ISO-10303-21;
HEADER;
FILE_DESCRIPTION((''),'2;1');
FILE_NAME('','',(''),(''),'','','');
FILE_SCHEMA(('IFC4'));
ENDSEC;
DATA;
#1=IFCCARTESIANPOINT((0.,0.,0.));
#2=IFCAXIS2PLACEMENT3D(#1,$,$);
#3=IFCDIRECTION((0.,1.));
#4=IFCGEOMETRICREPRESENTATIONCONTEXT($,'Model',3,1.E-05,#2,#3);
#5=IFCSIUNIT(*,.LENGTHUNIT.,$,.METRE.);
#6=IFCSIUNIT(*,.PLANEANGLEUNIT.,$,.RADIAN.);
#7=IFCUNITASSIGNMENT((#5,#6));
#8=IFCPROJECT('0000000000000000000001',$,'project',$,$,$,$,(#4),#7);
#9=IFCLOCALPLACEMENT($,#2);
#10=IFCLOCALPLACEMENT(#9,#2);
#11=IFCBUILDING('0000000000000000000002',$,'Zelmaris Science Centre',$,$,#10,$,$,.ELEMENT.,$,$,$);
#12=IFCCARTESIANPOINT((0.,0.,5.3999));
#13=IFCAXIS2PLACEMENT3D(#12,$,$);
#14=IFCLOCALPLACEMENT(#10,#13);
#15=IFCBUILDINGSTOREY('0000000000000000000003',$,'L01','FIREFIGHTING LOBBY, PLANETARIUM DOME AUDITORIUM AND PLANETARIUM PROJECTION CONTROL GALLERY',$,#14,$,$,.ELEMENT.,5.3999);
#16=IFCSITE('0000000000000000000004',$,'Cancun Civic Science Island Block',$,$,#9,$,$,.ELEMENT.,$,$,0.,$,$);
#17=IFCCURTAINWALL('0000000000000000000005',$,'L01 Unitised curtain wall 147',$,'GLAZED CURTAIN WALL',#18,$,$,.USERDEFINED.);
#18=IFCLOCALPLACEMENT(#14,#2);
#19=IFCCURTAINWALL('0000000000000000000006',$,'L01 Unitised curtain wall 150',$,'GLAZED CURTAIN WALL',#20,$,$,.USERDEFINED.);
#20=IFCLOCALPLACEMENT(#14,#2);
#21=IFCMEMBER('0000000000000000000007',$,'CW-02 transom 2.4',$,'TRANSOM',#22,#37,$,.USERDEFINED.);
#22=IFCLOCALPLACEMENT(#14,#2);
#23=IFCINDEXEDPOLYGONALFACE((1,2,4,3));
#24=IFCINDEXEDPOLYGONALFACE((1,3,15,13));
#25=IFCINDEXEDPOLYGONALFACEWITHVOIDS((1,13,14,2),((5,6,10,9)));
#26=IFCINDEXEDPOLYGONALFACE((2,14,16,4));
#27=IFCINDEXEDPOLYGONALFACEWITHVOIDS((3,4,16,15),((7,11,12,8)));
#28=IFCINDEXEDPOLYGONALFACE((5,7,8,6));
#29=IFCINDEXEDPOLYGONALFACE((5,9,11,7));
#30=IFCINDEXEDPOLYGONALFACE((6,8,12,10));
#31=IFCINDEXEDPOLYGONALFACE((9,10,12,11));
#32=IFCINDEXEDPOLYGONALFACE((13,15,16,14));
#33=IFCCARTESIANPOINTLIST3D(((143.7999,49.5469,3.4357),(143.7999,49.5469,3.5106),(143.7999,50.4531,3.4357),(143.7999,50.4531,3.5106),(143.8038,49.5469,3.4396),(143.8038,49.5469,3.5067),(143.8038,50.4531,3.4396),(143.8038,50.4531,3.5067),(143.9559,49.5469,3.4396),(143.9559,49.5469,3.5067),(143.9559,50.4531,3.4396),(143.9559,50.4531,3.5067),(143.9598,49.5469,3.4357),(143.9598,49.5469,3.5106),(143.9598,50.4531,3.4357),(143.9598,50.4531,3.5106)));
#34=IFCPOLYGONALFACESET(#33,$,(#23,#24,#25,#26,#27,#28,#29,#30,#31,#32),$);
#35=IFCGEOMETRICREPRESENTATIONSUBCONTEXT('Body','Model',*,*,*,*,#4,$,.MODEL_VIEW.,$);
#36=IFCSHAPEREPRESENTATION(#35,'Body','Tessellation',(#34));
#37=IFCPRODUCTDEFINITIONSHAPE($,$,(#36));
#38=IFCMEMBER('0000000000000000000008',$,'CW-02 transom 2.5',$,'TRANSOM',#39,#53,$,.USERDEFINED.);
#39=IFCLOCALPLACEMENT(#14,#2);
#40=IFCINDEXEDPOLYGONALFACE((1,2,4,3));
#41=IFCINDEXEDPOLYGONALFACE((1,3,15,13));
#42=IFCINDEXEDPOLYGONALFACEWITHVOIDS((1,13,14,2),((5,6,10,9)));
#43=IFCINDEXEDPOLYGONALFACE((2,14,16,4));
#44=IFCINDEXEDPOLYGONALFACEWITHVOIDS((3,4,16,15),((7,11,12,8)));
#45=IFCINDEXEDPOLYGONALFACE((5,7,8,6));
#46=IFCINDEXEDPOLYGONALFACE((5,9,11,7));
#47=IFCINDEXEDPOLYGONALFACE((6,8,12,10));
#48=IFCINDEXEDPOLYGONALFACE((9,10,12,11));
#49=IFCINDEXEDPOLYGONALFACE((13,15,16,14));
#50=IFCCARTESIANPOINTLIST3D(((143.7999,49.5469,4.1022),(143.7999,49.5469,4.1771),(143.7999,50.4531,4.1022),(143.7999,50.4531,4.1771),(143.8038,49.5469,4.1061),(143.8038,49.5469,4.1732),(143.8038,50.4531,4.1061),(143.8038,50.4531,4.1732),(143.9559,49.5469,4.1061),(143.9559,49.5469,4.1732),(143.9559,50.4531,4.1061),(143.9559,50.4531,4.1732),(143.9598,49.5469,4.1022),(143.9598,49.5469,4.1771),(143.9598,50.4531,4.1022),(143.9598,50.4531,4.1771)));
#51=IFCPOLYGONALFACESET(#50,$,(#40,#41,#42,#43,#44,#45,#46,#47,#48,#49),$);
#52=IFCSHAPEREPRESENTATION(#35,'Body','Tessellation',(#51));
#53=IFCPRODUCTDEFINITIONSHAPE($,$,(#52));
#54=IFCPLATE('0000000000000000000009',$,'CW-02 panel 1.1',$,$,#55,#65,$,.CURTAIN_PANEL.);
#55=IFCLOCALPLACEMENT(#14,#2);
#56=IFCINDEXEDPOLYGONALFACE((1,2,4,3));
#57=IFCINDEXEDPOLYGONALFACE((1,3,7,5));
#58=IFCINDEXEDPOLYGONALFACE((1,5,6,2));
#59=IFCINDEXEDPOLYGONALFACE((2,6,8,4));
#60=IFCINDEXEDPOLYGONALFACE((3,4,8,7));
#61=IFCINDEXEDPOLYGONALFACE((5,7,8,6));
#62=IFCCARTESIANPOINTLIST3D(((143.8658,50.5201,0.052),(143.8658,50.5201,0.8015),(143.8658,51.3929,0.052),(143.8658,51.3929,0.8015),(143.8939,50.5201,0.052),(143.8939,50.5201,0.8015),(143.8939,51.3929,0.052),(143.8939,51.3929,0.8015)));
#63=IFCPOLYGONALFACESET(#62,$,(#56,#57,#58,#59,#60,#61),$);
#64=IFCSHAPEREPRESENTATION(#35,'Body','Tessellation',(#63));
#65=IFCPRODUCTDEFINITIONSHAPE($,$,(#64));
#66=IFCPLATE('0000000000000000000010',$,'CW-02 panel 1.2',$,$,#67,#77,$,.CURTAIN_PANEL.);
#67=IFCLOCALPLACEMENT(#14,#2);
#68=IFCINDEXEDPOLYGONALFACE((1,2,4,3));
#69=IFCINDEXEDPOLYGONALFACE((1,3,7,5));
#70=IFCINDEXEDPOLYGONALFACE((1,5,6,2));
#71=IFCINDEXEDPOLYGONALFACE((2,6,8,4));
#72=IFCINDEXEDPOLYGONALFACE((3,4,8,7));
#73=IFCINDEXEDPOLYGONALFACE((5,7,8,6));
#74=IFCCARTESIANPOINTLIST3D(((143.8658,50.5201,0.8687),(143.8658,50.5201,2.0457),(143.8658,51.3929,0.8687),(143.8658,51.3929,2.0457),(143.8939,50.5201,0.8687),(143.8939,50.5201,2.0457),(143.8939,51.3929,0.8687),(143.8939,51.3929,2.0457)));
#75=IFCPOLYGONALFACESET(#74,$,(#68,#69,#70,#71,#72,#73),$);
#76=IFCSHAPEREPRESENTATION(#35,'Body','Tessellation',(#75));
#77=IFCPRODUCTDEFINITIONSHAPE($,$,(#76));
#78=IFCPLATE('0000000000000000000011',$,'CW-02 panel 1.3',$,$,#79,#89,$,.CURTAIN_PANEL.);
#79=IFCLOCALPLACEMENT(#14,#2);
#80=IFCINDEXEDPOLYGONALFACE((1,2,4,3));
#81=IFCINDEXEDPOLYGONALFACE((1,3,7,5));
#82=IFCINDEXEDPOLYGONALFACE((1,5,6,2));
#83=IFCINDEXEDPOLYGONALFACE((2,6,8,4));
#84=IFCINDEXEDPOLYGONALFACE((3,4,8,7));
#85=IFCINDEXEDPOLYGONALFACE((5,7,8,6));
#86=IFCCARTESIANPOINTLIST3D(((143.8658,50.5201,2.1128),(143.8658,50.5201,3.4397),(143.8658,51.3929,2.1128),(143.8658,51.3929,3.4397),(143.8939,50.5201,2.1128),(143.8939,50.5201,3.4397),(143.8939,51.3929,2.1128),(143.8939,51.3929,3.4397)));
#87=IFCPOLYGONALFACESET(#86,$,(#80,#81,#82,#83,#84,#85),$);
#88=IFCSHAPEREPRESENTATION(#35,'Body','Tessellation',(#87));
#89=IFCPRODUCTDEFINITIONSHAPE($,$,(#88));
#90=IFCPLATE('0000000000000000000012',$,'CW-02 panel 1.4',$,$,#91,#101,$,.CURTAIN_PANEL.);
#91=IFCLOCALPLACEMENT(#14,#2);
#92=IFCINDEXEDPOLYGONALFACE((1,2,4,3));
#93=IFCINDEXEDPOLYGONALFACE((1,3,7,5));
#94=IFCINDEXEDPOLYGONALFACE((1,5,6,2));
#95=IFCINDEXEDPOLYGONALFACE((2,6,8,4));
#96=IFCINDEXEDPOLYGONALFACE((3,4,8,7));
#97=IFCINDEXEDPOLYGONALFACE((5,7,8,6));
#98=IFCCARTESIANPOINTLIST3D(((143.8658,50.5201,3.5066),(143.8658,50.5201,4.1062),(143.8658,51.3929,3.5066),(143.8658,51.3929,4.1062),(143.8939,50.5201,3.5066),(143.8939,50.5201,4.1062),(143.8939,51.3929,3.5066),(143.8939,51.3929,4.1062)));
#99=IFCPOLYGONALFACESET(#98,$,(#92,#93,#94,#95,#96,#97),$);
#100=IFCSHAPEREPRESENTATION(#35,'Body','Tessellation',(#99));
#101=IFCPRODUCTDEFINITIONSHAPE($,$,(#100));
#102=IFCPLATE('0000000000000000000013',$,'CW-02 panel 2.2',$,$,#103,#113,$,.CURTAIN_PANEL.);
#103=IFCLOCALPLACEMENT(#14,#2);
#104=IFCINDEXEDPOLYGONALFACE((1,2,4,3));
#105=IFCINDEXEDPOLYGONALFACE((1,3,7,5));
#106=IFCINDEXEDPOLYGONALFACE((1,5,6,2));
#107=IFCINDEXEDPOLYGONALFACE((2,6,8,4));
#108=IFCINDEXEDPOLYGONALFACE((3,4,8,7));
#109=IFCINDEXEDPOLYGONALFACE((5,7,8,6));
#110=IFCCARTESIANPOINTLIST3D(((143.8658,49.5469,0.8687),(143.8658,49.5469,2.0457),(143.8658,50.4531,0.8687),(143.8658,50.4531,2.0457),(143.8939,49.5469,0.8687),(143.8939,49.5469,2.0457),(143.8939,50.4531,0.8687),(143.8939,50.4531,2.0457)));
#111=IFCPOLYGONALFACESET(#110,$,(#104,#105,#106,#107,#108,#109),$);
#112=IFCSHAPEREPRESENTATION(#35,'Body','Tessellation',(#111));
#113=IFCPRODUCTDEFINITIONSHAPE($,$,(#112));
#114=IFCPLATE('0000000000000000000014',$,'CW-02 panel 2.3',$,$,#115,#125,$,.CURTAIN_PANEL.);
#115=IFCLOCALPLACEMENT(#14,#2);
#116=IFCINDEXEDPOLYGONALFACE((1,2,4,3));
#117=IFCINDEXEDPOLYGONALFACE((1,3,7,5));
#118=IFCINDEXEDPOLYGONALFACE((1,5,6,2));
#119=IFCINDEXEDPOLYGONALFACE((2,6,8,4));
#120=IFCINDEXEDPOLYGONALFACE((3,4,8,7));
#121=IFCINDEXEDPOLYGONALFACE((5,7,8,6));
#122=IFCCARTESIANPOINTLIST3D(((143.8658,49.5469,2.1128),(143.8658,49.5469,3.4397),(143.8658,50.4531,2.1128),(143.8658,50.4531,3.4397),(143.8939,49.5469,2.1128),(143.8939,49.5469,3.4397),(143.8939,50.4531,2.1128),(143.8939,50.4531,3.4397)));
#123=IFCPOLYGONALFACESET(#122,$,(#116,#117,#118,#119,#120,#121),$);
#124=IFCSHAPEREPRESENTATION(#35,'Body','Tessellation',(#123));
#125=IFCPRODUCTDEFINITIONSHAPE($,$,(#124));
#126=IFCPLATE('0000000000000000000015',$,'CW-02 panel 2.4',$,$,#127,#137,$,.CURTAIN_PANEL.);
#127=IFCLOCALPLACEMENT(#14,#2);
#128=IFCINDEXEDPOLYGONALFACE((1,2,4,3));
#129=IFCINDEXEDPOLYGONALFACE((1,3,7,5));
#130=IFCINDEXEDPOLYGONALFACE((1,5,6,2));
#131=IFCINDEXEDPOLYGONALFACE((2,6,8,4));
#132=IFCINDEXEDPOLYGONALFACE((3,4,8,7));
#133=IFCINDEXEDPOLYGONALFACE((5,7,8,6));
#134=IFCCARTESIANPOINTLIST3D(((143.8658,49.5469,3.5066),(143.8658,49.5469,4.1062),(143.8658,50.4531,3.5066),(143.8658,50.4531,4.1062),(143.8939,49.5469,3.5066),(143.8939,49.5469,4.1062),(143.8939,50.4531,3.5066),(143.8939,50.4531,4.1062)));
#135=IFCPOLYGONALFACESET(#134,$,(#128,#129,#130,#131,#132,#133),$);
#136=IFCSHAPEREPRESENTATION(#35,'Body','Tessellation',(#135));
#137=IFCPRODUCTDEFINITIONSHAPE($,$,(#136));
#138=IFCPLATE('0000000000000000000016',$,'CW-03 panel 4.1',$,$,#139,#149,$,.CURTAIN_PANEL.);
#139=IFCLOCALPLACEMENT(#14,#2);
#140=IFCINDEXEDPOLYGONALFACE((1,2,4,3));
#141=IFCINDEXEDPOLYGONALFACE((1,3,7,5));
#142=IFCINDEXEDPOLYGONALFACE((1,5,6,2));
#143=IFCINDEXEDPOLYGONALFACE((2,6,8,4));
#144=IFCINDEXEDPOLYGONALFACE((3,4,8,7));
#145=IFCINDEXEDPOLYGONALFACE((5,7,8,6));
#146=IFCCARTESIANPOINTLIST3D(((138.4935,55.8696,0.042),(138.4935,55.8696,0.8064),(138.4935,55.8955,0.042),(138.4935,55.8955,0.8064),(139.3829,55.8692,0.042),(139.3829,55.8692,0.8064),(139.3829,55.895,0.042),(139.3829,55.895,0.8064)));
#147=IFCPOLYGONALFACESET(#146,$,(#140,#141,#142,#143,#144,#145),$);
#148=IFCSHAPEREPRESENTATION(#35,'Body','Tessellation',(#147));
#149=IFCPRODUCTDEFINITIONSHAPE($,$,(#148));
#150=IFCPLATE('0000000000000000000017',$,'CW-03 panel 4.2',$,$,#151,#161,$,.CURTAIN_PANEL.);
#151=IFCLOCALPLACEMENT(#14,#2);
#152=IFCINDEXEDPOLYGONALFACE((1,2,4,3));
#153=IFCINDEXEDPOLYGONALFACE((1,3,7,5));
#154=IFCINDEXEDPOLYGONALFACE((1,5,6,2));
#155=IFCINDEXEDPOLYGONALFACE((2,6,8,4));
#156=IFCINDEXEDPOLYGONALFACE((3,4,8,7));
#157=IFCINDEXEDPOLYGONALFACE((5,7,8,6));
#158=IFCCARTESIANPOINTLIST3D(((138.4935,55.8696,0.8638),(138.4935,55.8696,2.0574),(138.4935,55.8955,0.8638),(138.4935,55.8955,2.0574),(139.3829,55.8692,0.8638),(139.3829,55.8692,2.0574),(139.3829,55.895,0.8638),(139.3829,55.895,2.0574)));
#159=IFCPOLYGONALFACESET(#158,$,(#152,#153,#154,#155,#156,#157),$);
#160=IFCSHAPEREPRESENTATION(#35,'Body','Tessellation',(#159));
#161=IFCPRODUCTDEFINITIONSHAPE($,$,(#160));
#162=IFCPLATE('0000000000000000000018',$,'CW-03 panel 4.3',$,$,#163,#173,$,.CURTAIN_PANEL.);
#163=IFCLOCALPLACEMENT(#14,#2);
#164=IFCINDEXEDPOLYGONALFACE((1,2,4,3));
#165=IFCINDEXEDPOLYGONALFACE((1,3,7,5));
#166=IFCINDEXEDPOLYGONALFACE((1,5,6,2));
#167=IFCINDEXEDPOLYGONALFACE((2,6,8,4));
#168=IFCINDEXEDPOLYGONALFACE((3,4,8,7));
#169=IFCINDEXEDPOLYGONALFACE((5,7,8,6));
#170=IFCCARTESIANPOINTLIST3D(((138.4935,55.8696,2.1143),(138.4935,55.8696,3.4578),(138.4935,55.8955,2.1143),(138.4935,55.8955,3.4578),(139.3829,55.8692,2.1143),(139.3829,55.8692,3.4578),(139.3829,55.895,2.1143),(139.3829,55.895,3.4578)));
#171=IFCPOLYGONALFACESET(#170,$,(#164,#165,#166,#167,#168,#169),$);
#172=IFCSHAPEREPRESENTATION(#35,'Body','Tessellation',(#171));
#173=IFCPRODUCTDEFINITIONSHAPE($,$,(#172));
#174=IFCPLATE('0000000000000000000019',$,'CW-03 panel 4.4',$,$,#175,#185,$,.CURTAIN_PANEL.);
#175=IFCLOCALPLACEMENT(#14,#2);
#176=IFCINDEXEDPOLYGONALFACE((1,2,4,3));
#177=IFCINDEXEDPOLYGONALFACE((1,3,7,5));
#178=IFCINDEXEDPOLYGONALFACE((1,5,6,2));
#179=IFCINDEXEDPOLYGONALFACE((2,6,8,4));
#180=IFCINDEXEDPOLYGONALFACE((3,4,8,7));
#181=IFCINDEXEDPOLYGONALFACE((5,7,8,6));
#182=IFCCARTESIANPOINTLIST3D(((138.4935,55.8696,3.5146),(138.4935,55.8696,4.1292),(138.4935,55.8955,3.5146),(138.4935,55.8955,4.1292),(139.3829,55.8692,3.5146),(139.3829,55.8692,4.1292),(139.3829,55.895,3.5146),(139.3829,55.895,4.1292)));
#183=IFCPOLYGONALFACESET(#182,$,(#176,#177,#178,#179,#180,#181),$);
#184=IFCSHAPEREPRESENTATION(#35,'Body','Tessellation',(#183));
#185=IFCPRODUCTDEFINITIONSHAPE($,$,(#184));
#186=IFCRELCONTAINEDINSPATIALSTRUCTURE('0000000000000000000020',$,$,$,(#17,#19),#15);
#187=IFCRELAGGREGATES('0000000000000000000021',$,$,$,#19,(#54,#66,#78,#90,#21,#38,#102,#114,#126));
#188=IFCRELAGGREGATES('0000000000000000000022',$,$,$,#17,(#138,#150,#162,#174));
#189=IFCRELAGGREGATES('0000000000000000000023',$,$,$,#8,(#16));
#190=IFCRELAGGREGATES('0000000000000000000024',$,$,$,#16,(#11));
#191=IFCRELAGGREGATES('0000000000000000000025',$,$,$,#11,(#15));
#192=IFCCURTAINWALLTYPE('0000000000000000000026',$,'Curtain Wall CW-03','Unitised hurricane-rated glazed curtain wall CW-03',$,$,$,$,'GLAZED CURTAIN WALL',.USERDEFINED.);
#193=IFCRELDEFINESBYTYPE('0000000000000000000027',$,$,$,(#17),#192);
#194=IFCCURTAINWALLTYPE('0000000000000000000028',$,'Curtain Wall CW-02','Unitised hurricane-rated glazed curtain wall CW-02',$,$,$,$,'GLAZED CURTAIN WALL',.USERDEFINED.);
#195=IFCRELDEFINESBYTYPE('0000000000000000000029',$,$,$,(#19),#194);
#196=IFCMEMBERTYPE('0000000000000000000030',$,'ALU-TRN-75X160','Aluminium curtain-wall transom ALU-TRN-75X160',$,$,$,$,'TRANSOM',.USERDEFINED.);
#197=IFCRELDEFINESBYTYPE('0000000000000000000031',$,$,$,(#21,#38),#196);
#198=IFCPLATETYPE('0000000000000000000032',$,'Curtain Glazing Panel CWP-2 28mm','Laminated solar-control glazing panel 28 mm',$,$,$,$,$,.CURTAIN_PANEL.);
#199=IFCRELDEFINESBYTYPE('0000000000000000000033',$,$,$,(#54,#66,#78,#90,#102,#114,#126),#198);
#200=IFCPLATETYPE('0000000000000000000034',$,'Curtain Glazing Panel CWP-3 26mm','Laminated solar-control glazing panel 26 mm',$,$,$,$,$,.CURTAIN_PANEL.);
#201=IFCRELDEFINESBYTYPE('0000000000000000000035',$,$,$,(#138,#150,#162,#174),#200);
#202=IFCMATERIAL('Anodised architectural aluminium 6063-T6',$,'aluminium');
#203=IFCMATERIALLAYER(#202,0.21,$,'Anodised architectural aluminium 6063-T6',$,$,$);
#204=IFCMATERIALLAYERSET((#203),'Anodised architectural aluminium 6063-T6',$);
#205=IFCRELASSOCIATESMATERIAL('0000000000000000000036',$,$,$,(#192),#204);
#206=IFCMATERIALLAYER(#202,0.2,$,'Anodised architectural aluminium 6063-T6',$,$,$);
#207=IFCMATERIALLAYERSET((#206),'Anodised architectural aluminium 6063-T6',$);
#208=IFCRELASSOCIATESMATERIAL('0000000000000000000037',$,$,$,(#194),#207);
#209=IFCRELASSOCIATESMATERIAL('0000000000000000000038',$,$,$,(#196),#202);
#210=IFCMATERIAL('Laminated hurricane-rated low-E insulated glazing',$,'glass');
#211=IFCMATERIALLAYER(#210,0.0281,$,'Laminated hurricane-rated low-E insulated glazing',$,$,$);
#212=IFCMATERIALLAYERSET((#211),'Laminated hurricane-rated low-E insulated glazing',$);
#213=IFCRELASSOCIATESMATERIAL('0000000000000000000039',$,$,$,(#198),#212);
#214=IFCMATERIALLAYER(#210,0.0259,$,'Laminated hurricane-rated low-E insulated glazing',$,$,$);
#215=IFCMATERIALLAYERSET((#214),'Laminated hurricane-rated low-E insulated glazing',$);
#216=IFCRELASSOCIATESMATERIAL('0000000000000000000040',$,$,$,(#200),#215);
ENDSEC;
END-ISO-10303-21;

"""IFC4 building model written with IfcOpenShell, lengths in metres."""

from ifc_helpers import new_model, si_unit, direction, frame, origin, origin_2d, place, context, subcontext, project, spatial, rectangle, hollow_rectangle, extrude, material, layer, layer_set, material_profile, profile_set, type_object, element, aggregate, save


model = new_model("IFC4")

# Units and contexts
model_context = context("Model", 3, precision=1e-05, world=origin(), true_north=direction((0.0, 1.0)))
body_context = subcontext(model_context, "Body", "Model", "MODEL_VIEW")
ifc_project = project(units=[si_unit("LENGTHUNIT", "METRE"), si_unit("PLANEANGLEUNIT", "RADIAN")], contexts=[model_context])

# Site, building, storey
site_placement = place(None, origin())
site = spatial("IfcSite", under=ifc_project, at=site_placement, Name="Cancun Civic Science Island Block", CompositionType="ELEMENT", RefElevation=0.0)
building_placement = place(site_placement, origin())
building = spatial("IfcBuilding", under=site, at=building_placement, Name="Zelmaris Science Centre", CompositionType="ELEMENT")
storey_placement = place(building_placement, frame((0.0, 0.0, 5.3999)))
storey = spatial("IfcBuildingStorey", under=building, at=storey_placement, Name="L01", Description="FIREFIGHTING LOBBY, PLANETARIUM DOME AUDITORIUM AND PLANETARIUM PROJECTION CONTROL GALLERY", CompositionType="ELEMENT", Elevation=5.3999)

# Curtain walls
ifc_material_1 = material(Name="Anodised architectural aluminium 6063-T6", Category="aluminium")
ifc_layer_1 = layer(ifc_material_1, 0.21, Name="Anodised architectural aluminium 6063-T6")
ifc_layer_set_1 = layer_set([ifc_layer_1], Name="Anodised architectural aluminium 6063-T6")
curtain_wall_type_1 = type_object("IfcCurtainWallType", Name="Curtain Wall CW-03", Description="Unitised hurricane-rated glazed curtain wall CW-03", ElementType="GLAZED CURTAIN WALL", PredefinedType="USERDEFINED", material=ifc_layer_set_1)
curtain_wall_1_placement = place(storey_placement, origin())
curtain_wall_1 = element("IfcCurtainWall", 1, at=curtain_wall_1_placement, inside=storey, type_object=curtain_wall_type_1, Name="L01 Unitised curtain wall 147", ObjectType="GLAZED CURTAIN WALL", PredefinedType="USERDEFINED")
ifc_layer_2 = layer(ifc_material_1, 0.2, Name="Anodised architectural aluminium 6063-T6")
ifc_layer_set_2 = layer_set([ifc_layer_2], Name="Anodised architectural aluminium 6063-T6")
curtain_wall_type_2 = type_object("IfcCurtainWallType", Name="Curtain Wall CW-02", Description="Unitised hurricane-rated glazed curtain wall CW-02", ElementType="GLAZED CURTAIN WALL", PredefinedType="USERDEFINED", material=ifc_layer_set_2)
curtain_wall_2_placement = place(storey_placement, origin())
curtain_wall_2 = element("IfcCurtainWall", 2, at=curtain_wall_2_placement, inside=storey, type_object=curtain_wall_type_2, Name="L01 Unitised curtain wall 150", ObjectType="GLAZED CURTAIN WALL", PredefinedType="USERDEFINED")

# Members
ifc_material_profile_1 = material_profile(ifc_material_1, hollow_rectangle(XDim=0.075, YDim=0.1599, WallThickness=0.0039, at=origin_2d()), Name="ALU-TRN-75X160")
ifc_profile_set_1 = profile_set([ifc_material_profile_1], Name="Anodised architectural aluminium 6063-T6")
member_type_1 = type_object("IfcMemberType", Name="ALU-TRN-75X160", Description="Aluminium curtain-wall transom ALU-TRN-75X160", ElementType="TRANSOM", PredefinedType="USERDEFINED", material=ifc_profile_set_1)
member_1_placement = place(storey_placement, frame((143.8799, 50.4531, 3.4731), z_axis=(0.0, -1.0, 0.0), x_axis=(0.0, 0.0, 1.0)))
member_1 = element("IfcMember", 3, at=member_1_placement, type_object=member_type_1, Name="CW-02 transom 2.4", ObjectType="TRANSOM", PredefinedType="USERDEFINED", context=body_context, shape_type="SweptSolid", body=[
    extrude(hollow_rectangle(XDim=0.075, YDim=0.1599, WallThickness=0.0039, at=origin_2d()), origin(), (0.0, 0.0, 1.0), 0.9062),
])
member_2_placement = place(storey_placement, frame((143.8799, 50.4531, 4.1396), z_axis=(0.0, -1.0, 0.0), x_axis=(0.0, 0.0, 1.0)))
member_2 = element("IfcMember", 4, at=member_2_placement, type_object=member_type_1, Name="CW-02 transom 2.5", ObjectType="TRANSOM", PredefinedType="USERDEFINED", context=body_context, shape_type="SweptSolid", body=[
    extrude(hollow_rectangle(XDim=0.075, YDim=0.1599, WallThickness=0.0039, at=origin_2d()), origin(), (0.0, 0.0, 1.0), 0.9062),
])

# Plates
ifc_material_2 = material(Name="Laminated hurricane-rated low-E insulated glazing", Category="glass")
ifc_layer_3 = layer(ifc_material_2, 0.0281, Name="Laminated hurricane-rated low-E insulated glazing")
ifc_layer_set_3 = layer_set([ifc_layer_3], Name="Laminated hurricane-rated low-E insulated glazing")
plate_type_1 = type_object("IfcPlateType", Name="Curtain Glazing Panel CWP-2 28mm", Description="Laminated solar-control glazing panel 28 mm", PredefinedType="CURTAIN_PANEL", material=ifc_layer_set_3)
plate_1_placement = place(storey_placement, frame((143.8799, 50.9565, 0.052), z_axis=(0.0, 0.0, 1.0), x_axis=(0.0, -1.0, 0.0)))
plate_1 = element("IfcPlate", 5, at=plate_1_placement, type_object=plate_type_1, Name="CW-02 panel 1.1", PredefinedType="CURTAIN_PANEL", context=body_context, shape_type="SweptSolid", body=[
    extrude(rectangle(XDim=0.8728, YDim=0.0281, at=origin_2d()), origin(), (0.0, 0.0, 1.0), 0.7495),
])
plate_2_placement = place(storey_placement, frame((143.8799, 50.9565, 0.8687), z_axis=(0.0, 0.0, 1.0), x_axis=(0.0, -1.0, 0.0)))
plate_2 = element("IfcPlate", 6, at=plate_2_placement, type_object=plate_type_1, Name="CW-02 panel 1.2", PredefinedType="CURTAIN_PANEL", context=body_context, shape_type="SweptSolid", body=[
    extrude(rectangle(XDim=0.8728, YDim=0.0281, at=origin_2d()), origin(), (0.0, 0.0, 1.0), 1.177),
])
plate_3_placement = place(storey_placement, frame((143.8799, 50.9565, 2.1128), z_axis=(0.0, 0.0, 1.0), x_axis=(0.0, -1.0, 0.0)))
plate_3 = element("IfcPlate", 7, at=plate_3_placement, type_object=plate_type_1, Name="CW-02 panel 1.3", PredefinedType="CURTAIN_PANEL", context=body_context, shape_type="SweptSolid", body=[
    extrude(rectangle(XDim=0.8728, YDim=0.0281, at=origin_2d()), origin(), (0.0, 0.0, 1.0), 1.3269),
])
plate_4_placement = place(storey_placement, frame((143.8799, 50.9565, 3.5066), z_axis=(0.0, 0.0, 1.0), x_axis=(0.0, -1.0, 0.0)))
plate_4 = element("IfcPlate", 8, at=plate_4_placement, type_object=plate_type_1, Name="CW-02 panel 1.4", PredefinedType="CURTAIN_PANEL", context=body_context, shape_type="SweptSolid", body=[
    extrude(rectangle(XDim=0.8728, YDim=0.0281, at=origin_2d()), origin(), (0.0, 0.0, 1.0), 0.5996),
])
plate_5_placement = place(storey_placement, frame((143.8799, 50.0, 0.8687), z_axis=(0.0, 0.0, 1.0), x_axis=(0.0, -1.0, 0.0)))
plate_5 = element("IfcPlate", 9, at=plate_5_placement, type_object=plate_type_1, Name="CW-02 panel 2.2", PredefinedType="CURTAIN_PANEL", context=body_context, shape_type="SweptSolid", body=[
    extrude(rectangle(XDim=0.9062, YDim=0.0281, at=origin_2d()), origin(), (0.0, 0.0, 1.0), 1.177),
])
plate_6_placement = place(storey_placement, frame((143.8799, 50.0, 2.1128), z_axis=(0.0, 0.0, 1.0), x_axis=(0.0, -1.0, 0.0)))
plate_6 = element("IfcPlate", 10, at=plate_6_placement, type_object=plate_type_1, Name="CW-02 panel 2.3", PredefinedType="CURTAIN_PANEL", context=body_context, shape_type="SweptSolid", body=[
    extrude(rectangle(XDim=0.9062, YDim=0.0281, at=origin_2d()), origin(), (0.0, 0.0, 1.0), 1.3269),
])
plate_7_placement = place(storey_placement, frame((143.8799, 50.0, 3.5066), z_axis=(0.0, 0.0, 1.0), x_axis=(0.0, -1.0, 0.0)))
plate_7 = element("IfcPlate", 11, at=plate_7_placement, type_object=plate_type_1, Name="CW-02 panel 2.4", PredefinedType="CURTAIN_PANEL", context=body_context, shape_type="SweptSolid", body=[
    extrude(rectangle(XDim=0.9062, YDim=0.0281, at=origin_2d()), origin(), (0.0, 0.0, 1.0), 0.5996),
])
aggregate(curtain_wall_2, [plate_1, plate_2, plate_3, plate_4, member_1, member_2, plate_5, plate_6, plate_7])
ifc_layer_4 = layer(ifc_material_2, 0.0259, Name="Laminated hurricane-rated low-E insulated glazing")
ifc_layer_set_4 = layer_set([ifc_layer_4], Name="Laminated hurricane-rated low-E insulated glazing")
plate_type_2 = type_object("IfcPlateType", Name="Curtain Glazing Panel CWP-3 26mm", Description="Laminated solar-control glazing panel 26 mm", PredefinedType="CURTAIN_PANEL", material=ifc_layer_set_4)
plate_8_placement = place(storey_placement, frame((138.9382, 55.8823, 0.042), z_axis=(0.0, 0.0, 1.0), x_axis=(1.0, -0.000487, 0.0)))
plate_8 = element("IfcPlate", 12, at=plate_8_placement, type_object=plate_type_2, Name="CW-03 panel 4.1", PredefinedType="CURTAIN_PANEL", context=body_context, shape_type="SweptSolid", body=[
    extrude(rectangle(XDim=0.8894, YDim=0.0259, at=origin_2d()), origin(), (0.0, 0.0, 1.0), 0.7644),
])
plate_9_placement = place(storey_placement, frame((138.9382, 55.8823, 0.8638), z_axis=(0.0, 0.0, 1.0), x_axis=(1.0, -0.000487, 0.0)))
plate_9 = element("IfcPlate", 13, at=plate_9_placement, type_object=plate_type_2, Name="CW-03 panel 4.2", PredefinedType="CURTAIN_PANEL", context=body_context, shape_type="SweptSolid", body=[
    extrude(rectangle(XDim=0.8894, YDim=0.0259, at=origin_2d()), origin(), (0.0, 0.0, 1.0), 1.1936),
])
plate_10_placement = place(storey_placement, frame((138.9382, 55.8823, 2.1143), z_axis=(0.0, 0.0, 1.0), x_axis=(1.0, -0.000487, 0.0)))
plate_10 = element("IfcPlate", 14, at=plate_10_placement, type_object=plate_type_2, Name="CW-03 panel 4.3", PredefinedType="CURTAIN_PANEL", context=body_context, shape_type="SweptSolid", body=[
    extrude(rectangle(XDim=0.8894, YDim=0.0259, at=origin_2d()), origin(), (0.0, 0.0, 1.0), 1.3435),
])
plate_11_placement = place(storey_placement, frame((138.9382, 55.8823, 3.5146), z_axis=(0.0, 0.0, 1.0), x_axis=(1.0, -0.000487, 0.0)))
plate_11 = element("IfcPlate", 15, at=plate_11_placement, type_object=plate_type_2, Name="CW-03 panel 4.4", PredefinedType="CURTAIN_PANEL", context=body_context, shape_type="SweptSolid", body=[
    extrude(rectangle(XDim=0.8894, YDim=0.0259, at=origin_2d()), origin(), (0.0, 0.0, 1.0), 0.6145),
])
aggregate(curtain_wall_1, [plate_8, plate_9, plate_10, plate_11])

save(model, "model.ifc")
